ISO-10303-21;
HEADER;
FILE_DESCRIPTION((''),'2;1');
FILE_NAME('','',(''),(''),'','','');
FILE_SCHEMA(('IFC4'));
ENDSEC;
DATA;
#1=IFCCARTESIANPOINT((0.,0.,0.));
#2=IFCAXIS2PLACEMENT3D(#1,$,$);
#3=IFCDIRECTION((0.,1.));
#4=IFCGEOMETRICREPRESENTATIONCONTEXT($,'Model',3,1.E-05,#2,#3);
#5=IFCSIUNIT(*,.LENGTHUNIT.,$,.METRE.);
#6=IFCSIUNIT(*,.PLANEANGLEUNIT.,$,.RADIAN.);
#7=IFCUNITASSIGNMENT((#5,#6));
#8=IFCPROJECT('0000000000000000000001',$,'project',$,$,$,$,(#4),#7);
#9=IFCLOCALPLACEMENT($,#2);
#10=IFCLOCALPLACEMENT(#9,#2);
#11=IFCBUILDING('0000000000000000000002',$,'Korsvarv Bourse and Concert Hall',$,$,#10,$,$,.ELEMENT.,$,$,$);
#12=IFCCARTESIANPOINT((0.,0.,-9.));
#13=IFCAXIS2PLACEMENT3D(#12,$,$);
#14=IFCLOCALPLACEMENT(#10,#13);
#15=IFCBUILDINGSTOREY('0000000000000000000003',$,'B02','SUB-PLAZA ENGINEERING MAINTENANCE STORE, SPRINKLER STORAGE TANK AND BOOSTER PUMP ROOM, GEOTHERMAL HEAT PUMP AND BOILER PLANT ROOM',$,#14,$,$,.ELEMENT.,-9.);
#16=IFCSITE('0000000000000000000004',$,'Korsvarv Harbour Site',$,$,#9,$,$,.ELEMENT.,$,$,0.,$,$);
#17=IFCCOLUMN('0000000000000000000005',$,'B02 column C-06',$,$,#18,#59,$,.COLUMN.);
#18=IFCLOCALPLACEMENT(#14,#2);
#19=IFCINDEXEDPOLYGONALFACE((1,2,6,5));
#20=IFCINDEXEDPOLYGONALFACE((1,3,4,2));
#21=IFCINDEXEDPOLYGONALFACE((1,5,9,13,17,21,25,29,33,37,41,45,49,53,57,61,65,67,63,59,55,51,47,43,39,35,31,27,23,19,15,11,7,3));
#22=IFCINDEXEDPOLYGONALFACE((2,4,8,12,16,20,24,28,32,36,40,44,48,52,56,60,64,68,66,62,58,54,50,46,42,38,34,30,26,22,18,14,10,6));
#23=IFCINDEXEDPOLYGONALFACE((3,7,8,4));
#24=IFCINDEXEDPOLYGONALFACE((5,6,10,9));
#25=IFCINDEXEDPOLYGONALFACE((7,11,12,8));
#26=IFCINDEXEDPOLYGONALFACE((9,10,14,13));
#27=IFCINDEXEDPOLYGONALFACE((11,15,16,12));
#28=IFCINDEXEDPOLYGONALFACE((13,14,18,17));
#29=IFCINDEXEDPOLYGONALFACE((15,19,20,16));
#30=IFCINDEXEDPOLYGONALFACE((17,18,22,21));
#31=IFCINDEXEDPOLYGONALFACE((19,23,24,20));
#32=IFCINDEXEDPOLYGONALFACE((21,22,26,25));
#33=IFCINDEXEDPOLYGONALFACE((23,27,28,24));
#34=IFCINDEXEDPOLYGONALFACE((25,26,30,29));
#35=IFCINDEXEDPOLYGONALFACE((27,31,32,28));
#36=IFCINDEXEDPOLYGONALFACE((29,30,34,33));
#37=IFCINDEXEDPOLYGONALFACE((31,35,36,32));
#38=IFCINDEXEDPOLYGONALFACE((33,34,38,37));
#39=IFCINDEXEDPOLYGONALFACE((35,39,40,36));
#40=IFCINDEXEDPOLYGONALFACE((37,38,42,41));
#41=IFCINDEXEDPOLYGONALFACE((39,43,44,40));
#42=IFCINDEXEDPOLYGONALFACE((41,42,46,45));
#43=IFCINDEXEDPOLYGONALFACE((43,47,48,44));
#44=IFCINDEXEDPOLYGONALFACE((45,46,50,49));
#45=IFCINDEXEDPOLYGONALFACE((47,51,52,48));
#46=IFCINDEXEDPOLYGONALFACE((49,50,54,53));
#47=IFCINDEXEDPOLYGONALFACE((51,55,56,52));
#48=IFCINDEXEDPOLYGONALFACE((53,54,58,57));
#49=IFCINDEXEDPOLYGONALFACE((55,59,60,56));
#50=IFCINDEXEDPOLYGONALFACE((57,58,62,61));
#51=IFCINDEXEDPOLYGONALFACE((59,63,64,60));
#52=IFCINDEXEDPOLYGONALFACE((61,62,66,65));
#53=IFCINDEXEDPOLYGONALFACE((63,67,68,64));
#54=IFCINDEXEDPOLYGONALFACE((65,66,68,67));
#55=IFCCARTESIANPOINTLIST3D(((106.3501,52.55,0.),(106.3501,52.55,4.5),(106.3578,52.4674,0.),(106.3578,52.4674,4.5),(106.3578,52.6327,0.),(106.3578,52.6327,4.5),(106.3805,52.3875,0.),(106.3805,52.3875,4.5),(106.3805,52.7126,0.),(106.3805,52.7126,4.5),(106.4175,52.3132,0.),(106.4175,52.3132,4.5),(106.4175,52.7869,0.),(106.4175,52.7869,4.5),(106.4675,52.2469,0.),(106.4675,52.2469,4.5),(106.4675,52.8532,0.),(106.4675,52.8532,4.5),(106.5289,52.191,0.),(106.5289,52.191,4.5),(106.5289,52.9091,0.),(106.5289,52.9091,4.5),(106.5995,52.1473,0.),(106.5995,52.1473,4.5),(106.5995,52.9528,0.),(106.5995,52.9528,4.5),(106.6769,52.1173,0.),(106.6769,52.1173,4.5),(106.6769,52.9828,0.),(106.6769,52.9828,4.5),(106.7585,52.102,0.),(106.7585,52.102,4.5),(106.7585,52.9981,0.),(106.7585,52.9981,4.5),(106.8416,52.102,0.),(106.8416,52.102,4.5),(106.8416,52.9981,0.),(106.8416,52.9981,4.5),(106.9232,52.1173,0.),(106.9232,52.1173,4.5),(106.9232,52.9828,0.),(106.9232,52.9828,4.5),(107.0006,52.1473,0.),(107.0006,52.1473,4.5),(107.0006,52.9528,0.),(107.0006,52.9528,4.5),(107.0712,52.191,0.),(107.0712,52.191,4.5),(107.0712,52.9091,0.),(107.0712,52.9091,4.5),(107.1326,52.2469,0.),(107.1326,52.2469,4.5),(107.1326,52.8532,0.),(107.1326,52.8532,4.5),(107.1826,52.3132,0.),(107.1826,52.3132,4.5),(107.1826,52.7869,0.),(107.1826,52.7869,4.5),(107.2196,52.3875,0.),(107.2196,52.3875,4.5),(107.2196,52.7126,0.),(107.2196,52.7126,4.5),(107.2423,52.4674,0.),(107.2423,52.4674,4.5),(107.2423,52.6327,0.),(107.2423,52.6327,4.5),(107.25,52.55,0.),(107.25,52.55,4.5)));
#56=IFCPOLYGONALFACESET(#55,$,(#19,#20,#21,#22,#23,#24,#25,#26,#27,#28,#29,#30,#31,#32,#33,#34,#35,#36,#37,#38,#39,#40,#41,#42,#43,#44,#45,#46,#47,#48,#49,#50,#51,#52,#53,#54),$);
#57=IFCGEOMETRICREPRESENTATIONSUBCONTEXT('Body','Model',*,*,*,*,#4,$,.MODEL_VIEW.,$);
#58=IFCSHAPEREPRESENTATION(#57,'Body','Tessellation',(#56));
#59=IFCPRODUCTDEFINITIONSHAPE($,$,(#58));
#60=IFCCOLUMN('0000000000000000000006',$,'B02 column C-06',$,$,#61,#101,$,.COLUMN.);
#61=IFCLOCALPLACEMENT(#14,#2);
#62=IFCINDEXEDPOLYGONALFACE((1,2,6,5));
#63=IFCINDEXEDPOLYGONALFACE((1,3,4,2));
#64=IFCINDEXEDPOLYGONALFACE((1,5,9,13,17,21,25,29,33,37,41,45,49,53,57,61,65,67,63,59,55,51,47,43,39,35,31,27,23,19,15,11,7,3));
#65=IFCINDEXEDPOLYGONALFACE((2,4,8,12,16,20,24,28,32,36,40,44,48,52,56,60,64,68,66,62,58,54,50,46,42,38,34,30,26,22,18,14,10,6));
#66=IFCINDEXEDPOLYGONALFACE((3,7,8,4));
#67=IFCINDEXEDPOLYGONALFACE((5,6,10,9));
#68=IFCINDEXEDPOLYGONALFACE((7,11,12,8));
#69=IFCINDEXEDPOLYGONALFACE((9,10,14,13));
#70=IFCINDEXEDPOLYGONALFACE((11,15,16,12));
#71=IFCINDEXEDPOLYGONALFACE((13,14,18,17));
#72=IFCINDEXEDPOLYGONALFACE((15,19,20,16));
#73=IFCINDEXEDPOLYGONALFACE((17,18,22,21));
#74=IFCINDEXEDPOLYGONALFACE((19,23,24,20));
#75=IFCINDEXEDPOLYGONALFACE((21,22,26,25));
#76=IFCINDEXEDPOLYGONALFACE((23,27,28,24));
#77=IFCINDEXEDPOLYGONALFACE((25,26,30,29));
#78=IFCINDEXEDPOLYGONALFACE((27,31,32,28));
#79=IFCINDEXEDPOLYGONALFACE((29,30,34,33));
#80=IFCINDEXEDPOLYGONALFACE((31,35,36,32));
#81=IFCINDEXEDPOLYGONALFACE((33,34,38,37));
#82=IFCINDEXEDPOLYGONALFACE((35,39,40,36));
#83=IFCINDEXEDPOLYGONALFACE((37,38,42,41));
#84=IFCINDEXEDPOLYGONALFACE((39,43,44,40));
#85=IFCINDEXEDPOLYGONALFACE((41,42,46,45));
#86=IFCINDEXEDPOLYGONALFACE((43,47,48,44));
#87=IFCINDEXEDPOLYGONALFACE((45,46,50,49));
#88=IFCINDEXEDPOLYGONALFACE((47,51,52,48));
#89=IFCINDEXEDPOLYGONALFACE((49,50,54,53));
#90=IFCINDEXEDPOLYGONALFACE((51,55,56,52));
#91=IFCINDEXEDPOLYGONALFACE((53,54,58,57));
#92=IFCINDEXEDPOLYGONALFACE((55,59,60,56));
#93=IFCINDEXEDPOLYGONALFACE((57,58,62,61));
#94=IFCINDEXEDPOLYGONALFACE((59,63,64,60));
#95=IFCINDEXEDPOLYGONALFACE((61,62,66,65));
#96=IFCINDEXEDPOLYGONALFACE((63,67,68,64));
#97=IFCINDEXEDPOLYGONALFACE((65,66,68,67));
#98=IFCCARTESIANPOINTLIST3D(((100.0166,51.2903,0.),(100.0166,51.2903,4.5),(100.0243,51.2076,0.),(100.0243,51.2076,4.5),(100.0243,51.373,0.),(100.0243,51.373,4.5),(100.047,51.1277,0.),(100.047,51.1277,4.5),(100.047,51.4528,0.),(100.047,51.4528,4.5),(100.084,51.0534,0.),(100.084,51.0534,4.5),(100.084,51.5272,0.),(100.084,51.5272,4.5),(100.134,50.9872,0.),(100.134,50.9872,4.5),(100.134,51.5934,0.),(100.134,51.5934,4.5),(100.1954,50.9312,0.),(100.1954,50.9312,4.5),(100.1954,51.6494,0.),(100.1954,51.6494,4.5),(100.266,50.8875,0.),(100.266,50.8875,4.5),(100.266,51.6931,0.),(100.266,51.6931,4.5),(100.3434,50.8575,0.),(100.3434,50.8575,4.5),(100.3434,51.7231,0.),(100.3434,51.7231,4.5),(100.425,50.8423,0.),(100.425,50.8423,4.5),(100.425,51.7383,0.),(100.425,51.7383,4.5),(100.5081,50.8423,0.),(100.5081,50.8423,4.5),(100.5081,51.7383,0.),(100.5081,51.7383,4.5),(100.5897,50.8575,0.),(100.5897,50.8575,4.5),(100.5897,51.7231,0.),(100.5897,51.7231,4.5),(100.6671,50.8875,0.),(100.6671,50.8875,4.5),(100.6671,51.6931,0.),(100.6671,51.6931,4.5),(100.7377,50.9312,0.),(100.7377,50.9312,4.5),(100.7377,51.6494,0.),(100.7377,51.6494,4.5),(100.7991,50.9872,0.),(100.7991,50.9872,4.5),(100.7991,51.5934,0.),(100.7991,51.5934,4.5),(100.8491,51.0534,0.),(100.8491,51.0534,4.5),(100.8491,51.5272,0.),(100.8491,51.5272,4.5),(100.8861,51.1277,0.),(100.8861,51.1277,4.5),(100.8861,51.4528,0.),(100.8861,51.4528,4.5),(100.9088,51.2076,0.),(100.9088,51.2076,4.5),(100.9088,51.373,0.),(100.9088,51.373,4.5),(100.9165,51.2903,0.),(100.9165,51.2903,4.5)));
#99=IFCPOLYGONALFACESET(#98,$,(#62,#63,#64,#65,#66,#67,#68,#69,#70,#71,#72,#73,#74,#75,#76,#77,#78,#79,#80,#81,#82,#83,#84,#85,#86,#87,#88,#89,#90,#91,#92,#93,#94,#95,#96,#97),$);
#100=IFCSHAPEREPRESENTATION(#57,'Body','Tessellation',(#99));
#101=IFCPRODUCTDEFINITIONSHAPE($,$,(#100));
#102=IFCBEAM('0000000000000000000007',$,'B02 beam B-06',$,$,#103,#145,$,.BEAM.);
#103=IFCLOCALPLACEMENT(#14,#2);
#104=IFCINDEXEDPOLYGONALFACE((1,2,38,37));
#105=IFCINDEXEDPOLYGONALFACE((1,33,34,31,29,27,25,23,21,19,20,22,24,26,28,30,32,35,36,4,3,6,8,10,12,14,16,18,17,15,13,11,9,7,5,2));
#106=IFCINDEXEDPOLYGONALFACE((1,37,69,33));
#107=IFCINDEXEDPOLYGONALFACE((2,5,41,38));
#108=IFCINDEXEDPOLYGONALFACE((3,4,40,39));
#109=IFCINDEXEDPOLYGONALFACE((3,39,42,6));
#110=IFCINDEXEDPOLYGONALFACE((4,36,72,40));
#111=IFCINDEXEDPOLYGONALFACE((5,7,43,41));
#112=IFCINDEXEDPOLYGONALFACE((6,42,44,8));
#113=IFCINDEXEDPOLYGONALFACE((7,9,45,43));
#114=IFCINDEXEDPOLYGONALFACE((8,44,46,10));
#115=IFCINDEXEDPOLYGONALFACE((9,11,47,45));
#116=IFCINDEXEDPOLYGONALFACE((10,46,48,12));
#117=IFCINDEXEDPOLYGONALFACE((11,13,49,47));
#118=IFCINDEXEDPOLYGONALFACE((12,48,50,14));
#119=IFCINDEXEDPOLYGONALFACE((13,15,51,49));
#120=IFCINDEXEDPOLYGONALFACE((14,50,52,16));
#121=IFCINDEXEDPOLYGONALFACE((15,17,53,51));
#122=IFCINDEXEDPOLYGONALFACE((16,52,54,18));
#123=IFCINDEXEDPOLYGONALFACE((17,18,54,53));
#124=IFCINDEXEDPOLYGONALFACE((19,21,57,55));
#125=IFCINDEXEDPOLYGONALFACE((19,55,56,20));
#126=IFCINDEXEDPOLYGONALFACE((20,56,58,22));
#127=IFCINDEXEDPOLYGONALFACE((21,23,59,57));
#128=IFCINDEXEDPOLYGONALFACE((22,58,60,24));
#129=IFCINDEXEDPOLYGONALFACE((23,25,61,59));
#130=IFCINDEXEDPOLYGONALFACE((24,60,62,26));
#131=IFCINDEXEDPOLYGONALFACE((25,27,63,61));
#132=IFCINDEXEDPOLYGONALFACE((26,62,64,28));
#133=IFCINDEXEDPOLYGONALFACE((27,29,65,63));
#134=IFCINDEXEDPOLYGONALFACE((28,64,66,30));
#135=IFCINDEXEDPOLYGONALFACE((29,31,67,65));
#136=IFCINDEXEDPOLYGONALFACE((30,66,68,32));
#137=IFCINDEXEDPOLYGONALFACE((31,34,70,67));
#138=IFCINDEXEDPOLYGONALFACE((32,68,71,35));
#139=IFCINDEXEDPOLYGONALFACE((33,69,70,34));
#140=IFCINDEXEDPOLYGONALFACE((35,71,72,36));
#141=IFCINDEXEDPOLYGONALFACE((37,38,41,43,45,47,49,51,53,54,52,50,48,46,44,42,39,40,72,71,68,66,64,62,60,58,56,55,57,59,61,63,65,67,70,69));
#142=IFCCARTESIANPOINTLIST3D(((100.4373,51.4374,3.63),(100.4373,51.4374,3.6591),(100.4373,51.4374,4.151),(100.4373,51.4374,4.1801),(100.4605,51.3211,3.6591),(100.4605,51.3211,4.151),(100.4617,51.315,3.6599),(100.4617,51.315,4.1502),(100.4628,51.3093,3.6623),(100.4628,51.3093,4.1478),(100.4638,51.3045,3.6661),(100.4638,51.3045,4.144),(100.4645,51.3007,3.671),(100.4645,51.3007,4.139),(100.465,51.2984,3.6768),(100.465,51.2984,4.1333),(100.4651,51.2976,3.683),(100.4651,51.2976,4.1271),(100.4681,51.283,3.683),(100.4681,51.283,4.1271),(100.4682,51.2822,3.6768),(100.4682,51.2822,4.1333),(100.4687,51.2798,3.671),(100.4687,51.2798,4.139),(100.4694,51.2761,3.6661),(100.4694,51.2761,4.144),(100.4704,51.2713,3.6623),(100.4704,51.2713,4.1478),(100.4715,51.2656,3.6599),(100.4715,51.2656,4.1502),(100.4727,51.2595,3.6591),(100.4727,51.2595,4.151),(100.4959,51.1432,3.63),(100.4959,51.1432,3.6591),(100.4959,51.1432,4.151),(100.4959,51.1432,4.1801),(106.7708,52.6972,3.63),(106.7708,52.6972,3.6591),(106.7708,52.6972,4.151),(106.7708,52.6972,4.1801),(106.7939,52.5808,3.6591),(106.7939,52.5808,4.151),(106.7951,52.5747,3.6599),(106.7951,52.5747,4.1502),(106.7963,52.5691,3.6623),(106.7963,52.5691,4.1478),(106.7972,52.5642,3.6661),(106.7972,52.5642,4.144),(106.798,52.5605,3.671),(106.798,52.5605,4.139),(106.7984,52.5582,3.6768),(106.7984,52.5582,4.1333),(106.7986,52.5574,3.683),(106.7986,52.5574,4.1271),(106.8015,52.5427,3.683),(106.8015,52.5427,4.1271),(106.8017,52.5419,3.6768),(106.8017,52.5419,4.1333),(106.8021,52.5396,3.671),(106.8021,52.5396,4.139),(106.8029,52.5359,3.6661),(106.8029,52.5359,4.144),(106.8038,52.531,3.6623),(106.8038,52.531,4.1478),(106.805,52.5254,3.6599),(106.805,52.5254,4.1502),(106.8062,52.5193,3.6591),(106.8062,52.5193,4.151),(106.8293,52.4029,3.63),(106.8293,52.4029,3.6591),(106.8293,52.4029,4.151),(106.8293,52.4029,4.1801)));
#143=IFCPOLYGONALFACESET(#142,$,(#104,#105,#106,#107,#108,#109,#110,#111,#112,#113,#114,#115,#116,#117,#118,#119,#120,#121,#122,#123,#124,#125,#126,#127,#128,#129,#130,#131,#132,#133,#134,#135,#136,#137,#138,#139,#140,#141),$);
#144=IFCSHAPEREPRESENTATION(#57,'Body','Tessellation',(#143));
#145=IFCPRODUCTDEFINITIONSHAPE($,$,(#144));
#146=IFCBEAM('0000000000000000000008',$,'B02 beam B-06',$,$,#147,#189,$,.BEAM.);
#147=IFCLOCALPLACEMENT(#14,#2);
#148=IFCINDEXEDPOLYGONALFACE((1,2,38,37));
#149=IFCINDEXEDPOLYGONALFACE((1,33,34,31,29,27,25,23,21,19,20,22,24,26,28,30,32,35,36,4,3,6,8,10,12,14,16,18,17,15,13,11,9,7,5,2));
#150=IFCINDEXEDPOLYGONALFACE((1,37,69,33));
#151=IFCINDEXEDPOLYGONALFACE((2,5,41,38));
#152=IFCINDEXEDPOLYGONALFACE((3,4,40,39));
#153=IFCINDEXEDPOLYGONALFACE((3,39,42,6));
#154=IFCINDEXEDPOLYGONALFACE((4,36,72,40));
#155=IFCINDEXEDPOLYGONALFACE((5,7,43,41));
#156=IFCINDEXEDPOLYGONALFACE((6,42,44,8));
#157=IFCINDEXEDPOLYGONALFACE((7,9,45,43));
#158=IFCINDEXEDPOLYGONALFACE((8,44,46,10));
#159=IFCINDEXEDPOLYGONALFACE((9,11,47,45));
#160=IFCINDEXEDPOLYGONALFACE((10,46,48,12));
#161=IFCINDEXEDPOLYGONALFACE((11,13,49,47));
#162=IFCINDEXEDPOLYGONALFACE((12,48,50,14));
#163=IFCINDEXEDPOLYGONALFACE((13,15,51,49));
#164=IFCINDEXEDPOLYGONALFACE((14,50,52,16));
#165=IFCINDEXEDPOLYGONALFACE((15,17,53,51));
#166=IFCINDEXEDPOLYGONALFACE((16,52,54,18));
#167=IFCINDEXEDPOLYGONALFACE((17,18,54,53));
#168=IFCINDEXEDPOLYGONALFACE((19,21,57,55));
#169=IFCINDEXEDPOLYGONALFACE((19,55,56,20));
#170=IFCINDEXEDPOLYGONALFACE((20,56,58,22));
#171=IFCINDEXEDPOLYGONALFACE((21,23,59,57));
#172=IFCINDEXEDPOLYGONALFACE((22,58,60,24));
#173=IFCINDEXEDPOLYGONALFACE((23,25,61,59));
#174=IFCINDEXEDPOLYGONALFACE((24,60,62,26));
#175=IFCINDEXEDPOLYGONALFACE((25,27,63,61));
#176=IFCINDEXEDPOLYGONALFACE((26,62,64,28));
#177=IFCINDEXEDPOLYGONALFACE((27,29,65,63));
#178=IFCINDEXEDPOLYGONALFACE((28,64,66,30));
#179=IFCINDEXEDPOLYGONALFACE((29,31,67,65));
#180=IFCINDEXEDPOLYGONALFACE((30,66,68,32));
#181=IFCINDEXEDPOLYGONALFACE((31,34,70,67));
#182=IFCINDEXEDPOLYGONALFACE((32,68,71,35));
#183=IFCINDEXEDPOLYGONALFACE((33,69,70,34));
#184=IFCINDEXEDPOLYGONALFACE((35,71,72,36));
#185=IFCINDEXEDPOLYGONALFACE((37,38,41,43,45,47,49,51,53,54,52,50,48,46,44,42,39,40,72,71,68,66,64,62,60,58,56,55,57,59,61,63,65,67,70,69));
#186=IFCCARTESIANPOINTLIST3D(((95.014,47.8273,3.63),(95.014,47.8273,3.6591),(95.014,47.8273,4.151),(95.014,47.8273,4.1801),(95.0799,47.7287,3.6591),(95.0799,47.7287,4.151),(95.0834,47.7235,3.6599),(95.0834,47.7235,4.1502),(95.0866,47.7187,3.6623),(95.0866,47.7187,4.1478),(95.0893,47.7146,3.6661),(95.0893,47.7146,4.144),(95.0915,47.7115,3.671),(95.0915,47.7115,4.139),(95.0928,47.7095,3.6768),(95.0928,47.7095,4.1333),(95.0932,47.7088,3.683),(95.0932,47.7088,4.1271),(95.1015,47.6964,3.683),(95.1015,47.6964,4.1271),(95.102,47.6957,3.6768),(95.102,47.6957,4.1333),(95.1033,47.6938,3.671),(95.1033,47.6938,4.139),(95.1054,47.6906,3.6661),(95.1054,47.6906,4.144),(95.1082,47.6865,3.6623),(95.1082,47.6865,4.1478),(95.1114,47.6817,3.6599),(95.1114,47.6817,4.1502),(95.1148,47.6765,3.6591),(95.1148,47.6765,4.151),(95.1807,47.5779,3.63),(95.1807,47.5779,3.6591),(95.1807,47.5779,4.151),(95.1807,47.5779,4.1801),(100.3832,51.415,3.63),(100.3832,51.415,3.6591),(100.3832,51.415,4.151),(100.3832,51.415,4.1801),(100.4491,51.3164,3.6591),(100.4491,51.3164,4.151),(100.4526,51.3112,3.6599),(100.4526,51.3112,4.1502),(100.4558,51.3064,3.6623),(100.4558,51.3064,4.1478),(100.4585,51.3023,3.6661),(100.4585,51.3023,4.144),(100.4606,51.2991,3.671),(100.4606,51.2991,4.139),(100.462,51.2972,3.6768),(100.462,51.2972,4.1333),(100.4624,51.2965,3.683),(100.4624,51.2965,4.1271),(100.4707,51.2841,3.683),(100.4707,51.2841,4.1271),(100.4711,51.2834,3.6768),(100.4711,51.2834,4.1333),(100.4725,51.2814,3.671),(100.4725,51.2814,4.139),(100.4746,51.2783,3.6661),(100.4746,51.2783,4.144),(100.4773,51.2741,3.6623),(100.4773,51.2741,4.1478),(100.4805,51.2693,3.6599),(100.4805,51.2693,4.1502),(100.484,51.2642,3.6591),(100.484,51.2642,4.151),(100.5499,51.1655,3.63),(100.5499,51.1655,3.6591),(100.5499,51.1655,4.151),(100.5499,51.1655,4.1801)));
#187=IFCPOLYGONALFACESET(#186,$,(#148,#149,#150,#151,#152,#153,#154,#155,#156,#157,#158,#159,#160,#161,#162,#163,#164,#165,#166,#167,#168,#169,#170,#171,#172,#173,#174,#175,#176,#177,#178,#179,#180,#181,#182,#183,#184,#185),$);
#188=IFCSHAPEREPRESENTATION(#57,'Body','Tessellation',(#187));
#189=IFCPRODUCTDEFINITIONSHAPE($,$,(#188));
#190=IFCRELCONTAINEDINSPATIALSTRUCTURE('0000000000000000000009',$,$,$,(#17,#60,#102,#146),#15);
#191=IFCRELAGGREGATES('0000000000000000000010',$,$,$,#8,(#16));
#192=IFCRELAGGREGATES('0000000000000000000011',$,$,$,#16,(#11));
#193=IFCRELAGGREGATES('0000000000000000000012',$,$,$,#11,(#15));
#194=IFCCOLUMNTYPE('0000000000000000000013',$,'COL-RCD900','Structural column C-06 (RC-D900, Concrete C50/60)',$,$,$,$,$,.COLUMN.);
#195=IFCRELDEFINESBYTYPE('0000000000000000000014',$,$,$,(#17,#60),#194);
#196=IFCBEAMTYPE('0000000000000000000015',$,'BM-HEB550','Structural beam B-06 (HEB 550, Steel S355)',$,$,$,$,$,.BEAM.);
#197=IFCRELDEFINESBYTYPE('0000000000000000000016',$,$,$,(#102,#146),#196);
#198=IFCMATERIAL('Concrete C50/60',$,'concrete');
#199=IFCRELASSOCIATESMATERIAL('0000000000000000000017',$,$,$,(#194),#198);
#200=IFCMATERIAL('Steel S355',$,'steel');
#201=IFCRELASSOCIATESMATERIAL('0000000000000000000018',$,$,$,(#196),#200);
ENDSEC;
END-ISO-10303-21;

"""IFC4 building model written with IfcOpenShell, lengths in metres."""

from ifc_helpers import new_model, si_unit, direction, frame, origin, origin_2d, place, context, subcontext, project, spatial, circle, i_section, extrude, source, transform, mapped, material, material_profile, profile_set, type_object, element, save


model = new_model("IFC4")

# Units and contexts
model_context = context("Model", 3, precision=1e-05, world=origin(), true_north=direction((0.0, 1.0)))
body_context = subcontext(model_context, "Body", "Model", "MODEL_VIEW")
ifc_project = project(units=[si_unit("LENGTHUNIT", "METRE"), si_unit("PLANEANGLEUNIT", "RADIAN")], contexts=[model_context])

# Site, building, storey
site_placement = place(None, origin())
site = spatial("IfcSite", under=ifc_project, at=site_placement, Name="Korsvarv Harbour Site", CompositionType="ELEMENT", RefElevation=0.0)
building_placement = place(site_placement, origin())
building = spatial("IfcBuilding", under=site, at=building_placement, Name="Korsvarv Bourse and Concert Hall", CompositionType="ELEMENT")
storey_placement = place(building_placement, frame((0.0, 0.0, -9.0)))
storey = spatial("IfcBuildingStorey", under=building, at=storey_placement, Name="B02", Description="SUB-PLAZA ENGINEERING MAINTENANCE STORE, SPRINKLER STORAGE TANK AND BOOSTER PUMP ROOM, GEOTHERMAL HEAT PUMP AND BOILER PLANT ROOM", CompositionType="ELEMENT", Elevation=-9.0)

# Columns
ifc_material_1 = material(Name="Concrete C50/60", Category="concrete")
ifc_material_profile_1 = material_profile(ifc_material_1, circle(Radius=0.45, at=origin_2d()), Name="RC-D900")
ifc_profile_set_1 = profile_set([ifc_material_profile_1], Name="Concrete C50/60")
column_type_1 = type_object("IfcColumnType", Name="COL-RCD900", Description="Structural column C-06 (RC-D900, Concrete C50/60)", PredefinedType="COLUMN", material=ifc_profile_set_1)
shared_shape_1 = source(origin(), body_context, "Body", "SweptSolid", [
    extrude(circle(Radius=0.45, at=origin_2d()), origin(), (0.0, 0.0, 1.0), 4.5),
])
for number, where, z_axis, x_axis, name in (
    (1, (106.8, 52.55, 0.0), (0.0, 0.0, 1.0), (1.0, 0.0, 0.0), "B02 column C-06"),
    (2, (100.4666, 51.2903, 0.0), (0.0, 0.0, 1.0), (1.0, 0.0, 0.0), "B02 column C-06"),
):
    element("IfcColumn", number, at=place(storey_placement, frame(where, z_axis=z_axis, x_axis=x_axis)), inside=storey, type_object=column_type_1, Name=name, PredefinedType="COLUMN", context=body_context, shape_type="MappedRepresentation", body=[
        mapped(shared_shape_1, transform((0.0, 0.0, 0.0), scale=1.0)),
    ])

# Beams
ifc_material_2 = material(Name="Steel S355", Category="steel")
ifc_material_profile_2 = material_profile(ifc_material_2, i_section(OverallWidth=0.3, OverallDepth=0.55, WebThickness=0.0149, FlangeThickness=0.0291, FilletRadius=0.0239, at=origin_2d()), Name="HEB 550")
ifc_profile_set_2 = profile_set([ifc_material_profile_2], Name="Steel S355")
beam_type_1 = type_object("IfcBeamType", Name="BM-HEB550", Description="Structural beam B-06 (HEB 550, Steel S355)", PredefinedType="BEAM", material=ifc_profile_set_2)
shared_shape_2 = source(origin(), body_context, "Body", "SweptSolid", [
    extrude(i_section(OverallWidth=0.3, OverallDepth=0.55, WebThickness=0.0149, FlangeThickness=0.0291, FilletRadius=0.0239, at=origin_2d()), origin(), (0.0, 0.0, 1.0), 6.4575),
])
for number, where, z_axis, x_axis, name in (
    (3, (106.8, 52.55, 3.905), (-0.980787, -0.195084, 0.0), (0.195084, -0.980787, 0.0), "B02 beam B-06"),
    (4, (100.4666, 51.2903, 3.905), (-0.831462, -0.555581, 0.0), (0.555581, -0.831462, 0.0), "B02 beam B-06"),
):
    element("IfcBeam", number, at=place(storey_placement, frame(where, z_axis=z_axis, x_axis=x_axis)), inside=storey, type_object=beam_type_1, Name=name, PredefinedType="BEAM", context=body_context, shape_type="MappedRepresentation", body=[
        mapped(shared_shape_2, transform((0.0, 0.0, 0.0), scale=1.0)),
    ])

save(model, "model.ifc")
